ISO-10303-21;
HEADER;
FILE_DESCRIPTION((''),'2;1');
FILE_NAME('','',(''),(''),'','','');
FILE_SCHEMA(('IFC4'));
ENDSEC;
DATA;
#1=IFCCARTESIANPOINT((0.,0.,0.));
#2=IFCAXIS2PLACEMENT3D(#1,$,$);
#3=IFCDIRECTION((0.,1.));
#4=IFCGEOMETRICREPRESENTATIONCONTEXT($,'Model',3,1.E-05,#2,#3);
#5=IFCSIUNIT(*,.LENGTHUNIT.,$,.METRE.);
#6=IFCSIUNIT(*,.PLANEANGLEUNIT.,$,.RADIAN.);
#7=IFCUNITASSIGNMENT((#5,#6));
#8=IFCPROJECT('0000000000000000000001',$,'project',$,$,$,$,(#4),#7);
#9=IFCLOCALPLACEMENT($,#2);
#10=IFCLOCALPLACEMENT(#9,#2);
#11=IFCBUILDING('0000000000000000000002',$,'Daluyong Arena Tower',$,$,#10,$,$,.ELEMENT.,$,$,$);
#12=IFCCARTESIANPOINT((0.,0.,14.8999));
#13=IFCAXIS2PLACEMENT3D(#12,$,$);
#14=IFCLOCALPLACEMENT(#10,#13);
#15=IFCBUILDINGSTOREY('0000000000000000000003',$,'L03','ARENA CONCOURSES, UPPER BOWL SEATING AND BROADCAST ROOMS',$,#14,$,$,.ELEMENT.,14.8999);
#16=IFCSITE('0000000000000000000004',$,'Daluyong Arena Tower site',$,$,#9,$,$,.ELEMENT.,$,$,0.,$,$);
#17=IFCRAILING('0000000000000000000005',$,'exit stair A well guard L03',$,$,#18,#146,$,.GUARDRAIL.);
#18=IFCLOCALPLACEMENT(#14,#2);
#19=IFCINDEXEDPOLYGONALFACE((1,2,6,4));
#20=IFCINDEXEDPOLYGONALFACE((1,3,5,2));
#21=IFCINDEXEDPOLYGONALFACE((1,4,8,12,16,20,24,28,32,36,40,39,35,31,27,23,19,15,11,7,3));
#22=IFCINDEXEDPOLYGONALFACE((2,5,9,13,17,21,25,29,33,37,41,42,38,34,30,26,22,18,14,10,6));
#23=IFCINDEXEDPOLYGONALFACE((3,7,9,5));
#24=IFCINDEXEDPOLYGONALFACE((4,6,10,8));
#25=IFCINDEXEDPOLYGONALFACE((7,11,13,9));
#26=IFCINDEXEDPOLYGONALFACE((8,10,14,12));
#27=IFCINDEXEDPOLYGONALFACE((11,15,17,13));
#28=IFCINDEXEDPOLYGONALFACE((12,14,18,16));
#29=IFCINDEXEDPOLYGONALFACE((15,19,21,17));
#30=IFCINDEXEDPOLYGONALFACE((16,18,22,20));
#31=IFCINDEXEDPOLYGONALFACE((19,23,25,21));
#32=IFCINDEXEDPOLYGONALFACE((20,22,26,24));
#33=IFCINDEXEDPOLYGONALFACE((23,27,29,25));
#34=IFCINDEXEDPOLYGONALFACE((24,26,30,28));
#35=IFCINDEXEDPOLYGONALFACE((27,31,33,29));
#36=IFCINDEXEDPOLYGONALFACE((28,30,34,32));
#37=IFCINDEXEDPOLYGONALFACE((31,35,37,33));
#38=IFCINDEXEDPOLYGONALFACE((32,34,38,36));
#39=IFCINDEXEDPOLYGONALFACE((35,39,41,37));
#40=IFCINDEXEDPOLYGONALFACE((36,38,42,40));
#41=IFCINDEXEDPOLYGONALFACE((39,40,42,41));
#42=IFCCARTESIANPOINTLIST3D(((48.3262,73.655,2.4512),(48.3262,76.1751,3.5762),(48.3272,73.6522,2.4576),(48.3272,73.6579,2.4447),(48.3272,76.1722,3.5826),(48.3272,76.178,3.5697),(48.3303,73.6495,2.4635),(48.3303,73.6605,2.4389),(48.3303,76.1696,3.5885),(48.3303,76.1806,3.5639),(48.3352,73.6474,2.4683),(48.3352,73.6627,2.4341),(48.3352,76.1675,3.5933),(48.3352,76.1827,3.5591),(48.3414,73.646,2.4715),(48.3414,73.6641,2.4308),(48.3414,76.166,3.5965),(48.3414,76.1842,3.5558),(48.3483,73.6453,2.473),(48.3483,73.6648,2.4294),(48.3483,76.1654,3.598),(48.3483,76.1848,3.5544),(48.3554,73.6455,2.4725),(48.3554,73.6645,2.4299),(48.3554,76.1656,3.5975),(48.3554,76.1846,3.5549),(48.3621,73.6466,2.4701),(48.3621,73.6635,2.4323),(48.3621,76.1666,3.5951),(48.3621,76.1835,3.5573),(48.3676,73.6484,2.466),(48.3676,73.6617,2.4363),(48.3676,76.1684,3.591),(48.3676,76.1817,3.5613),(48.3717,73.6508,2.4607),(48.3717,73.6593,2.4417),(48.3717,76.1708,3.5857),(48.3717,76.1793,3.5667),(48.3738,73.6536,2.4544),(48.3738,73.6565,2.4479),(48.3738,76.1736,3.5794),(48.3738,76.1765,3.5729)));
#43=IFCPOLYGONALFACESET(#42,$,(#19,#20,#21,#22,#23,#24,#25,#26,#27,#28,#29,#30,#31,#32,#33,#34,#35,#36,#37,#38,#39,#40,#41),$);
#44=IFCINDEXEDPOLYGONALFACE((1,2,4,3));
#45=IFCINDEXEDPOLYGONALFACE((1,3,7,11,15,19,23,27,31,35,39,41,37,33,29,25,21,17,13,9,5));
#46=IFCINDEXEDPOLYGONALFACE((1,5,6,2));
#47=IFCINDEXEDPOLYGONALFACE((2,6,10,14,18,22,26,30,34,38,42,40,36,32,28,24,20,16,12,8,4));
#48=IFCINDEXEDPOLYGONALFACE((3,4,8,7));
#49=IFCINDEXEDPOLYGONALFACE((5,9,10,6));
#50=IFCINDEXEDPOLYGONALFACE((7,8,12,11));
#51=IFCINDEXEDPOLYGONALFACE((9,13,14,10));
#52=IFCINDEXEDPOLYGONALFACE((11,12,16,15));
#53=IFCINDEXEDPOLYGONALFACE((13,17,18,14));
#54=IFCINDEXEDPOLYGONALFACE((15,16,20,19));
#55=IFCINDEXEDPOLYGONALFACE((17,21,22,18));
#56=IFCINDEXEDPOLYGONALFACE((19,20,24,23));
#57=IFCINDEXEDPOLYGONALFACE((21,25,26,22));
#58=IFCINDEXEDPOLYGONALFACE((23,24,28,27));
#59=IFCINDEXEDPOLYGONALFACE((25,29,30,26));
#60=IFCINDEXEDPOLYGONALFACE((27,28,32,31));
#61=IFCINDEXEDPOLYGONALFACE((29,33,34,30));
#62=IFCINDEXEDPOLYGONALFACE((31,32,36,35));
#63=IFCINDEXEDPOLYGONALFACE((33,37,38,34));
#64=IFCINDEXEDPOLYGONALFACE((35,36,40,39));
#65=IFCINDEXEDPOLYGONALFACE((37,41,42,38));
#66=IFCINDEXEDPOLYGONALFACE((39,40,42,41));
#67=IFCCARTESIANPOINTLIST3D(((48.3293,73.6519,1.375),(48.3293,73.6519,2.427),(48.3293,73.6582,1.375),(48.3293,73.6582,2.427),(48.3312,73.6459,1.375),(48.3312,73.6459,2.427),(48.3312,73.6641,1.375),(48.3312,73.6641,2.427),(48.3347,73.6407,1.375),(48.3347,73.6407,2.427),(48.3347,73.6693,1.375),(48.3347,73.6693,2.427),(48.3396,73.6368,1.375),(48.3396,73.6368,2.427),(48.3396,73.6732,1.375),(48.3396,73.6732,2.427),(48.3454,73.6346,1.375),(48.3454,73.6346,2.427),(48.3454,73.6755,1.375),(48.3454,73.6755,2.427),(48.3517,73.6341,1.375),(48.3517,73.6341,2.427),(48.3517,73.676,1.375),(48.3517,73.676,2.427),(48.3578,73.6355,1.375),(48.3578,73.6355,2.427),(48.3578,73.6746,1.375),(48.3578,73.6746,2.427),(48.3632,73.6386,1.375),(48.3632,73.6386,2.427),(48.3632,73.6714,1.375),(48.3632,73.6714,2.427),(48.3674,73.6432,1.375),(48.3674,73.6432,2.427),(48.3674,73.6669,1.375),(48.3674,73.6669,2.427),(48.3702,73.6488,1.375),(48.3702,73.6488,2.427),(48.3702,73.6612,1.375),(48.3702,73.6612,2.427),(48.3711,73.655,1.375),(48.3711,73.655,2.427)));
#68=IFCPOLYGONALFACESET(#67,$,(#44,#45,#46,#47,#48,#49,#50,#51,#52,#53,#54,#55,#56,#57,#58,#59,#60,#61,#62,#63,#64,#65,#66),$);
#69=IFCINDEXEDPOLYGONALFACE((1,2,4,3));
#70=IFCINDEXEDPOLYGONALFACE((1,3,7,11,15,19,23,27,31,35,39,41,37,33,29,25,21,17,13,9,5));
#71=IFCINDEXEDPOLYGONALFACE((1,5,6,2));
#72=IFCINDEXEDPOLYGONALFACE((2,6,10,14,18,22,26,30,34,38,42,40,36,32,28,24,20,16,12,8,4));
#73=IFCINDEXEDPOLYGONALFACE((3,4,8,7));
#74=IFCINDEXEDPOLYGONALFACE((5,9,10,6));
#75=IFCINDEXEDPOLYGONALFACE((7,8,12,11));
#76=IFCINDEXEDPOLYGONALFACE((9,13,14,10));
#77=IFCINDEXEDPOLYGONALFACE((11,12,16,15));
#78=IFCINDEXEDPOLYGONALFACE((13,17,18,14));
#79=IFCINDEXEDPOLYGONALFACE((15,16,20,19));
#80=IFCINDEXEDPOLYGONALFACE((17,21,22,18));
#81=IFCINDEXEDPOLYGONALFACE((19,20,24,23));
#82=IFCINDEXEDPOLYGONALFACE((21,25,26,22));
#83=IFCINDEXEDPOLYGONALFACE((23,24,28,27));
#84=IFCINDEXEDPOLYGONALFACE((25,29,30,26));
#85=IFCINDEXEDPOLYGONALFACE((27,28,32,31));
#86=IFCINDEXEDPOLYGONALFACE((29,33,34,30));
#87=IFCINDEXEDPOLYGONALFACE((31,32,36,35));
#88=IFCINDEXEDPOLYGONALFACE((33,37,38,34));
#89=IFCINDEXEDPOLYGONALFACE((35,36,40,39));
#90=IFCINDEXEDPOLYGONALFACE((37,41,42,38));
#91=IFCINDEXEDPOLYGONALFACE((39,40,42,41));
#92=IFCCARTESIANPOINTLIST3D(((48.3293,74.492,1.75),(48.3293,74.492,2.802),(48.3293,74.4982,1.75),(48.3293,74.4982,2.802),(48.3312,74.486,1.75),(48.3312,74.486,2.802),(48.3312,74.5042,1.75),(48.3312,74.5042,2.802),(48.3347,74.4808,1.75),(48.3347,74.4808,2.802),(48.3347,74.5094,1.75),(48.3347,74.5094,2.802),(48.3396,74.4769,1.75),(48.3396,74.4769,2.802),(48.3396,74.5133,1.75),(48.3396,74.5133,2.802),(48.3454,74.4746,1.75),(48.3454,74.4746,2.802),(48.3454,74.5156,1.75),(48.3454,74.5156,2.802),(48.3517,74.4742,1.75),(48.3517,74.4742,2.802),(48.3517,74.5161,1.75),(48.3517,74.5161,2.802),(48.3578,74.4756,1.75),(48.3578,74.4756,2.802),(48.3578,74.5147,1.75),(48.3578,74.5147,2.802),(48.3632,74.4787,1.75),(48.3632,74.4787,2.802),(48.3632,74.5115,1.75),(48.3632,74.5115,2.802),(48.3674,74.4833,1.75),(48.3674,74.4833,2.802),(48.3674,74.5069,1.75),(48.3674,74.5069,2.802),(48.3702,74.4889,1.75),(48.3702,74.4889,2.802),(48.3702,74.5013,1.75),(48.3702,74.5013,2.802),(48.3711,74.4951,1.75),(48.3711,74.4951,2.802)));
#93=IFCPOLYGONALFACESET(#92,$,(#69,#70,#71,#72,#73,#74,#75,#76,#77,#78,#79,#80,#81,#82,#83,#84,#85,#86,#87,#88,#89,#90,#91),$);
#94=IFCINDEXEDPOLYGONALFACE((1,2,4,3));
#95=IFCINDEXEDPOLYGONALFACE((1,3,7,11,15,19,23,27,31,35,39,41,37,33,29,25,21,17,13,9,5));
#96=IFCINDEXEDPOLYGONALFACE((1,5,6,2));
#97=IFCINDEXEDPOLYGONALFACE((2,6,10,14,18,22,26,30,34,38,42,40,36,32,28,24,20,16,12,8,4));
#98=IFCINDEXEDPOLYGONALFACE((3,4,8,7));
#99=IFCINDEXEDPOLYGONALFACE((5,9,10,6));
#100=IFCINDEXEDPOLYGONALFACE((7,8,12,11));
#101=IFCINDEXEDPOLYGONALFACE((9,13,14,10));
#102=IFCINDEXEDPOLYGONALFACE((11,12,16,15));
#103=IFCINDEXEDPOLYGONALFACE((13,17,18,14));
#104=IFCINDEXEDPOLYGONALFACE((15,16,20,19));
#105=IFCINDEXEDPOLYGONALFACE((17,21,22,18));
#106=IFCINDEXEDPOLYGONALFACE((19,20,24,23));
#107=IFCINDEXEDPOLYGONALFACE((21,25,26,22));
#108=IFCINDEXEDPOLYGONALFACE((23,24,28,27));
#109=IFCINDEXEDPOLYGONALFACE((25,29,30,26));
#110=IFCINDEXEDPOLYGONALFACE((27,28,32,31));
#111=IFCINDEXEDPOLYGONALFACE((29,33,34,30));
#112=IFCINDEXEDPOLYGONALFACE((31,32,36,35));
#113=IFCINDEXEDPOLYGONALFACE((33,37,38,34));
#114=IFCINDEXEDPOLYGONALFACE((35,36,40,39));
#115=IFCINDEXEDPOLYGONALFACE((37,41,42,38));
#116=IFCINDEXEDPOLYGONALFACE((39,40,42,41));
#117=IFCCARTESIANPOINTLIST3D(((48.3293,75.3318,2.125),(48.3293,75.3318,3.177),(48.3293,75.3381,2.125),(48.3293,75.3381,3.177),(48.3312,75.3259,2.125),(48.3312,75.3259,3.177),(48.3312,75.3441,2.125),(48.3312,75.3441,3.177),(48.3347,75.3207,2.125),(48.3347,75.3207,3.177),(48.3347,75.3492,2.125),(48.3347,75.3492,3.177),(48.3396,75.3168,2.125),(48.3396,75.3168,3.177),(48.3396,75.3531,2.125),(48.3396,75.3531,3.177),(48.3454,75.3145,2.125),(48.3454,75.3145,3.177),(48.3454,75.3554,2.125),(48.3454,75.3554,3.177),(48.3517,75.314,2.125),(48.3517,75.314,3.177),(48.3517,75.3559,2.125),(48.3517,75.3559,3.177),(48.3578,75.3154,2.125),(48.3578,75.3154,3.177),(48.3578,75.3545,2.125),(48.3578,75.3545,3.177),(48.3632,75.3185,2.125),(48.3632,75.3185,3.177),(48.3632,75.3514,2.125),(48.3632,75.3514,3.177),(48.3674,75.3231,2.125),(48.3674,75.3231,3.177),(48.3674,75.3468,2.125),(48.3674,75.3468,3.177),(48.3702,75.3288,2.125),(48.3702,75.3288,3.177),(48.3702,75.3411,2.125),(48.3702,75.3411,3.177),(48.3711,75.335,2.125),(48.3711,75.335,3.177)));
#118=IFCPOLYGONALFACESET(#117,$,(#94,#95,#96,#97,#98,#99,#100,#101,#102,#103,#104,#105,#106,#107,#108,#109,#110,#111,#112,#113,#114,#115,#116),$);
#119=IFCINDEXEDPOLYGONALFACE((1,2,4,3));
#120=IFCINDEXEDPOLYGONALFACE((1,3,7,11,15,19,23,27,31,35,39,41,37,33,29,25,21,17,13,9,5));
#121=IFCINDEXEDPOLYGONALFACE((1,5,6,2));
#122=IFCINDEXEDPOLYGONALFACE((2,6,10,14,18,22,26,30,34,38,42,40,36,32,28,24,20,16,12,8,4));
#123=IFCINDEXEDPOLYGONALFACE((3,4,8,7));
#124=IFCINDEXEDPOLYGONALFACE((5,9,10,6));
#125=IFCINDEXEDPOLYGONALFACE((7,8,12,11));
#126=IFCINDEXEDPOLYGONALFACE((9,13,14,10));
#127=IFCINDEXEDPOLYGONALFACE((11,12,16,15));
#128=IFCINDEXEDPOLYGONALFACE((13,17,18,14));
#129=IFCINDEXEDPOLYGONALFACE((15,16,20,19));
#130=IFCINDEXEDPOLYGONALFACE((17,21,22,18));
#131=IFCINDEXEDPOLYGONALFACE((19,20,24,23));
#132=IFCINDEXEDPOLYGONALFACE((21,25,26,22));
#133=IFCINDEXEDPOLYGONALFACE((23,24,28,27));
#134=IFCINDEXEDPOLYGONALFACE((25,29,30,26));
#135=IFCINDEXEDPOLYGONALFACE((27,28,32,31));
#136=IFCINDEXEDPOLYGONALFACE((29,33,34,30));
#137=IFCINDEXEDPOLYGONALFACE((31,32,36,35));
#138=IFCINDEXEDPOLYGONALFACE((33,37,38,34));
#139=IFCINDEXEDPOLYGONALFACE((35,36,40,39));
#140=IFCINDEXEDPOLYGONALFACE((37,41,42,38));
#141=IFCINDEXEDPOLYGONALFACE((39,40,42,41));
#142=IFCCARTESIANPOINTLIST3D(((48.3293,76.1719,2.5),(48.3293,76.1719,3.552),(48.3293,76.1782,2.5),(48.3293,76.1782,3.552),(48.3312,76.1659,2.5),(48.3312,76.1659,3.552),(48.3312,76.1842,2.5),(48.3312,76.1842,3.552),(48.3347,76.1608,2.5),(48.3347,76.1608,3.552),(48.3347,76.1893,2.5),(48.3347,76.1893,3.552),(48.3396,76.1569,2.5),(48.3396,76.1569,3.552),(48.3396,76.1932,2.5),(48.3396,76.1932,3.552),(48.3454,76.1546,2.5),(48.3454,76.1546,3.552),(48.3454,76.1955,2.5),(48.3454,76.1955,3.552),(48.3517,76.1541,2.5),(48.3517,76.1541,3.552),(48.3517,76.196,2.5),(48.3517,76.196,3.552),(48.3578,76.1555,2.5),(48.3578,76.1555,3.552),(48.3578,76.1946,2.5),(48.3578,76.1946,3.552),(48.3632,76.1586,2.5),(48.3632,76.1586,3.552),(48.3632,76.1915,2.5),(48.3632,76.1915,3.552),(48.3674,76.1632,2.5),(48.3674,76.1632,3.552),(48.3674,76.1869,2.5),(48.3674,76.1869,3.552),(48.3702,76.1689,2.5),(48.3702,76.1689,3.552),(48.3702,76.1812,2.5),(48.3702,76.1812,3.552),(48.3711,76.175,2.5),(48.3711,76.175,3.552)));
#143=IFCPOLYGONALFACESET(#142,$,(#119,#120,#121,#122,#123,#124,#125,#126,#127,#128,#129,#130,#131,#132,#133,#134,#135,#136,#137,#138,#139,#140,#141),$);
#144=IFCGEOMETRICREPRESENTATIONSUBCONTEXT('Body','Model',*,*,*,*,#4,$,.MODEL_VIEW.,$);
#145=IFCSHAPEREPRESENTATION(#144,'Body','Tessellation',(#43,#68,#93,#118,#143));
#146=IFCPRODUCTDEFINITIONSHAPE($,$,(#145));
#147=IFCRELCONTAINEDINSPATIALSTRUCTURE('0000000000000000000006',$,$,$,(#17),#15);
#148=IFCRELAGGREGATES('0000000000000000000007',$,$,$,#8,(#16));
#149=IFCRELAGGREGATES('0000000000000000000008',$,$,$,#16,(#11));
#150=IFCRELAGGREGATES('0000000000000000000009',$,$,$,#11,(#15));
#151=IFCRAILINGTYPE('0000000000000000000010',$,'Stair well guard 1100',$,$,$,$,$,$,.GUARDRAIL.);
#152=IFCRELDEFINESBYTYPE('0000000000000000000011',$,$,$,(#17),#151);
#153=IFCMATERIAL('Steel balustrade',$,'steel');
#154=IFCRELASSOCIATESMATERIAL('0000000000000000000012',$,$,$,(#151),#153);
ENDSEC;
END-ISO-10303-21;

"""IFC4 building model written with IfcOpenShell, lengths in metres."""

from ifc_helpers import new_model, si_unit, direction, frame, origin, origin_2d, place, context, subcontext, project, spatial, circle, extrude, material, type_object, element, save


model = new_model("IFC4")

# Units and contexts
model_context = context("Model", 3, precision=1e-05, world=origin(), true_north=direction((0.0, 1.0)))
body_context = subcontext(model_context, "Body", "Model", "MODEL_VIEW")
ifc_project = project(units=[si_unit("LENGTHUNIT", "METRE"), si_unit("PLANEANGLEUNIT", "RADIAN")], contexts=[model_context])

# Site, building, storey
site_placement = place(None, origin())
site = spatial("IfcSite", under=ifc_project, at=site_placement, Name="Daluyong Arena Tower site", CompositionType="ELEMENT", RefElevation=0.0)
building_placement = place(site_placement, origin())
building = spatial("IfcBuilding", under=site, at=building_placement, Name="Daluyong Arena Tower", CompositionType="ELEMENT")
storey_placement = place(building_placement, frame((0.0, 0.0, 14.8999)))
storey = spatial("IfcBuildingStorey", under=building, at=storey_placement, Name="L03", Description="ARENA CONCOURSES, UPPER BOWL SEATING AND BROADCAST ROOMS", CompositionType="ELEMENT", Elevation=14.8999)

# Railing
ifc_material_1 = material(Name="Steel balustrade", Category="steel")
railing_type_1 = type_object("IfcRailingType", Name="Stair well guard 1100", PredefinedType="GUARDRAIL", material=ifc_material_1)
for number, where, name in (
    (1, (48.3501, 73.655, 1.375), "exit stair A well guard L03"),
):
    element("IfcRailing", number, at=place(storey_placement, frame(where)), inside=storey, type_object=railing_type_1, Name=name, PredefinedType="GUARDRAIL", context=body_context, shape_type="SweptSolid", body=[
        extrude(circle(Radius=0.0239, at=origin_2d()), frame((0.0, 0.0, 1.0762), z_axis=(0.0, 0.913139, 0.407648), x_axis=(-1.0, 0.0, 0.0)), (0.0, 0.0, 1.0), 2.7598),
        extrude(circle(Radius=0.021, at=origin_2d()), origin(), (0.0, 0.0, 1.0), 1.052),
        extrude(circle(Radius=0.021, at=origin_2d()), frame((0.0, 0.8401, 0.375)), (0.0, 0.0, 1.0), 1.052),
        extrude(circle(Radius=0.021, at=origin_2d()), frame((0.0, 1.6799, 0.75)), (0.0, 0.0, 1.0), 1.052),
        extrude(circle(Radius=0.021, at=origin_2d()), frame((0.0, 2.52, 1.125)), (0.0, 0.0, 1.0), 1.052),
    ])

save(model, "model.ifc")
